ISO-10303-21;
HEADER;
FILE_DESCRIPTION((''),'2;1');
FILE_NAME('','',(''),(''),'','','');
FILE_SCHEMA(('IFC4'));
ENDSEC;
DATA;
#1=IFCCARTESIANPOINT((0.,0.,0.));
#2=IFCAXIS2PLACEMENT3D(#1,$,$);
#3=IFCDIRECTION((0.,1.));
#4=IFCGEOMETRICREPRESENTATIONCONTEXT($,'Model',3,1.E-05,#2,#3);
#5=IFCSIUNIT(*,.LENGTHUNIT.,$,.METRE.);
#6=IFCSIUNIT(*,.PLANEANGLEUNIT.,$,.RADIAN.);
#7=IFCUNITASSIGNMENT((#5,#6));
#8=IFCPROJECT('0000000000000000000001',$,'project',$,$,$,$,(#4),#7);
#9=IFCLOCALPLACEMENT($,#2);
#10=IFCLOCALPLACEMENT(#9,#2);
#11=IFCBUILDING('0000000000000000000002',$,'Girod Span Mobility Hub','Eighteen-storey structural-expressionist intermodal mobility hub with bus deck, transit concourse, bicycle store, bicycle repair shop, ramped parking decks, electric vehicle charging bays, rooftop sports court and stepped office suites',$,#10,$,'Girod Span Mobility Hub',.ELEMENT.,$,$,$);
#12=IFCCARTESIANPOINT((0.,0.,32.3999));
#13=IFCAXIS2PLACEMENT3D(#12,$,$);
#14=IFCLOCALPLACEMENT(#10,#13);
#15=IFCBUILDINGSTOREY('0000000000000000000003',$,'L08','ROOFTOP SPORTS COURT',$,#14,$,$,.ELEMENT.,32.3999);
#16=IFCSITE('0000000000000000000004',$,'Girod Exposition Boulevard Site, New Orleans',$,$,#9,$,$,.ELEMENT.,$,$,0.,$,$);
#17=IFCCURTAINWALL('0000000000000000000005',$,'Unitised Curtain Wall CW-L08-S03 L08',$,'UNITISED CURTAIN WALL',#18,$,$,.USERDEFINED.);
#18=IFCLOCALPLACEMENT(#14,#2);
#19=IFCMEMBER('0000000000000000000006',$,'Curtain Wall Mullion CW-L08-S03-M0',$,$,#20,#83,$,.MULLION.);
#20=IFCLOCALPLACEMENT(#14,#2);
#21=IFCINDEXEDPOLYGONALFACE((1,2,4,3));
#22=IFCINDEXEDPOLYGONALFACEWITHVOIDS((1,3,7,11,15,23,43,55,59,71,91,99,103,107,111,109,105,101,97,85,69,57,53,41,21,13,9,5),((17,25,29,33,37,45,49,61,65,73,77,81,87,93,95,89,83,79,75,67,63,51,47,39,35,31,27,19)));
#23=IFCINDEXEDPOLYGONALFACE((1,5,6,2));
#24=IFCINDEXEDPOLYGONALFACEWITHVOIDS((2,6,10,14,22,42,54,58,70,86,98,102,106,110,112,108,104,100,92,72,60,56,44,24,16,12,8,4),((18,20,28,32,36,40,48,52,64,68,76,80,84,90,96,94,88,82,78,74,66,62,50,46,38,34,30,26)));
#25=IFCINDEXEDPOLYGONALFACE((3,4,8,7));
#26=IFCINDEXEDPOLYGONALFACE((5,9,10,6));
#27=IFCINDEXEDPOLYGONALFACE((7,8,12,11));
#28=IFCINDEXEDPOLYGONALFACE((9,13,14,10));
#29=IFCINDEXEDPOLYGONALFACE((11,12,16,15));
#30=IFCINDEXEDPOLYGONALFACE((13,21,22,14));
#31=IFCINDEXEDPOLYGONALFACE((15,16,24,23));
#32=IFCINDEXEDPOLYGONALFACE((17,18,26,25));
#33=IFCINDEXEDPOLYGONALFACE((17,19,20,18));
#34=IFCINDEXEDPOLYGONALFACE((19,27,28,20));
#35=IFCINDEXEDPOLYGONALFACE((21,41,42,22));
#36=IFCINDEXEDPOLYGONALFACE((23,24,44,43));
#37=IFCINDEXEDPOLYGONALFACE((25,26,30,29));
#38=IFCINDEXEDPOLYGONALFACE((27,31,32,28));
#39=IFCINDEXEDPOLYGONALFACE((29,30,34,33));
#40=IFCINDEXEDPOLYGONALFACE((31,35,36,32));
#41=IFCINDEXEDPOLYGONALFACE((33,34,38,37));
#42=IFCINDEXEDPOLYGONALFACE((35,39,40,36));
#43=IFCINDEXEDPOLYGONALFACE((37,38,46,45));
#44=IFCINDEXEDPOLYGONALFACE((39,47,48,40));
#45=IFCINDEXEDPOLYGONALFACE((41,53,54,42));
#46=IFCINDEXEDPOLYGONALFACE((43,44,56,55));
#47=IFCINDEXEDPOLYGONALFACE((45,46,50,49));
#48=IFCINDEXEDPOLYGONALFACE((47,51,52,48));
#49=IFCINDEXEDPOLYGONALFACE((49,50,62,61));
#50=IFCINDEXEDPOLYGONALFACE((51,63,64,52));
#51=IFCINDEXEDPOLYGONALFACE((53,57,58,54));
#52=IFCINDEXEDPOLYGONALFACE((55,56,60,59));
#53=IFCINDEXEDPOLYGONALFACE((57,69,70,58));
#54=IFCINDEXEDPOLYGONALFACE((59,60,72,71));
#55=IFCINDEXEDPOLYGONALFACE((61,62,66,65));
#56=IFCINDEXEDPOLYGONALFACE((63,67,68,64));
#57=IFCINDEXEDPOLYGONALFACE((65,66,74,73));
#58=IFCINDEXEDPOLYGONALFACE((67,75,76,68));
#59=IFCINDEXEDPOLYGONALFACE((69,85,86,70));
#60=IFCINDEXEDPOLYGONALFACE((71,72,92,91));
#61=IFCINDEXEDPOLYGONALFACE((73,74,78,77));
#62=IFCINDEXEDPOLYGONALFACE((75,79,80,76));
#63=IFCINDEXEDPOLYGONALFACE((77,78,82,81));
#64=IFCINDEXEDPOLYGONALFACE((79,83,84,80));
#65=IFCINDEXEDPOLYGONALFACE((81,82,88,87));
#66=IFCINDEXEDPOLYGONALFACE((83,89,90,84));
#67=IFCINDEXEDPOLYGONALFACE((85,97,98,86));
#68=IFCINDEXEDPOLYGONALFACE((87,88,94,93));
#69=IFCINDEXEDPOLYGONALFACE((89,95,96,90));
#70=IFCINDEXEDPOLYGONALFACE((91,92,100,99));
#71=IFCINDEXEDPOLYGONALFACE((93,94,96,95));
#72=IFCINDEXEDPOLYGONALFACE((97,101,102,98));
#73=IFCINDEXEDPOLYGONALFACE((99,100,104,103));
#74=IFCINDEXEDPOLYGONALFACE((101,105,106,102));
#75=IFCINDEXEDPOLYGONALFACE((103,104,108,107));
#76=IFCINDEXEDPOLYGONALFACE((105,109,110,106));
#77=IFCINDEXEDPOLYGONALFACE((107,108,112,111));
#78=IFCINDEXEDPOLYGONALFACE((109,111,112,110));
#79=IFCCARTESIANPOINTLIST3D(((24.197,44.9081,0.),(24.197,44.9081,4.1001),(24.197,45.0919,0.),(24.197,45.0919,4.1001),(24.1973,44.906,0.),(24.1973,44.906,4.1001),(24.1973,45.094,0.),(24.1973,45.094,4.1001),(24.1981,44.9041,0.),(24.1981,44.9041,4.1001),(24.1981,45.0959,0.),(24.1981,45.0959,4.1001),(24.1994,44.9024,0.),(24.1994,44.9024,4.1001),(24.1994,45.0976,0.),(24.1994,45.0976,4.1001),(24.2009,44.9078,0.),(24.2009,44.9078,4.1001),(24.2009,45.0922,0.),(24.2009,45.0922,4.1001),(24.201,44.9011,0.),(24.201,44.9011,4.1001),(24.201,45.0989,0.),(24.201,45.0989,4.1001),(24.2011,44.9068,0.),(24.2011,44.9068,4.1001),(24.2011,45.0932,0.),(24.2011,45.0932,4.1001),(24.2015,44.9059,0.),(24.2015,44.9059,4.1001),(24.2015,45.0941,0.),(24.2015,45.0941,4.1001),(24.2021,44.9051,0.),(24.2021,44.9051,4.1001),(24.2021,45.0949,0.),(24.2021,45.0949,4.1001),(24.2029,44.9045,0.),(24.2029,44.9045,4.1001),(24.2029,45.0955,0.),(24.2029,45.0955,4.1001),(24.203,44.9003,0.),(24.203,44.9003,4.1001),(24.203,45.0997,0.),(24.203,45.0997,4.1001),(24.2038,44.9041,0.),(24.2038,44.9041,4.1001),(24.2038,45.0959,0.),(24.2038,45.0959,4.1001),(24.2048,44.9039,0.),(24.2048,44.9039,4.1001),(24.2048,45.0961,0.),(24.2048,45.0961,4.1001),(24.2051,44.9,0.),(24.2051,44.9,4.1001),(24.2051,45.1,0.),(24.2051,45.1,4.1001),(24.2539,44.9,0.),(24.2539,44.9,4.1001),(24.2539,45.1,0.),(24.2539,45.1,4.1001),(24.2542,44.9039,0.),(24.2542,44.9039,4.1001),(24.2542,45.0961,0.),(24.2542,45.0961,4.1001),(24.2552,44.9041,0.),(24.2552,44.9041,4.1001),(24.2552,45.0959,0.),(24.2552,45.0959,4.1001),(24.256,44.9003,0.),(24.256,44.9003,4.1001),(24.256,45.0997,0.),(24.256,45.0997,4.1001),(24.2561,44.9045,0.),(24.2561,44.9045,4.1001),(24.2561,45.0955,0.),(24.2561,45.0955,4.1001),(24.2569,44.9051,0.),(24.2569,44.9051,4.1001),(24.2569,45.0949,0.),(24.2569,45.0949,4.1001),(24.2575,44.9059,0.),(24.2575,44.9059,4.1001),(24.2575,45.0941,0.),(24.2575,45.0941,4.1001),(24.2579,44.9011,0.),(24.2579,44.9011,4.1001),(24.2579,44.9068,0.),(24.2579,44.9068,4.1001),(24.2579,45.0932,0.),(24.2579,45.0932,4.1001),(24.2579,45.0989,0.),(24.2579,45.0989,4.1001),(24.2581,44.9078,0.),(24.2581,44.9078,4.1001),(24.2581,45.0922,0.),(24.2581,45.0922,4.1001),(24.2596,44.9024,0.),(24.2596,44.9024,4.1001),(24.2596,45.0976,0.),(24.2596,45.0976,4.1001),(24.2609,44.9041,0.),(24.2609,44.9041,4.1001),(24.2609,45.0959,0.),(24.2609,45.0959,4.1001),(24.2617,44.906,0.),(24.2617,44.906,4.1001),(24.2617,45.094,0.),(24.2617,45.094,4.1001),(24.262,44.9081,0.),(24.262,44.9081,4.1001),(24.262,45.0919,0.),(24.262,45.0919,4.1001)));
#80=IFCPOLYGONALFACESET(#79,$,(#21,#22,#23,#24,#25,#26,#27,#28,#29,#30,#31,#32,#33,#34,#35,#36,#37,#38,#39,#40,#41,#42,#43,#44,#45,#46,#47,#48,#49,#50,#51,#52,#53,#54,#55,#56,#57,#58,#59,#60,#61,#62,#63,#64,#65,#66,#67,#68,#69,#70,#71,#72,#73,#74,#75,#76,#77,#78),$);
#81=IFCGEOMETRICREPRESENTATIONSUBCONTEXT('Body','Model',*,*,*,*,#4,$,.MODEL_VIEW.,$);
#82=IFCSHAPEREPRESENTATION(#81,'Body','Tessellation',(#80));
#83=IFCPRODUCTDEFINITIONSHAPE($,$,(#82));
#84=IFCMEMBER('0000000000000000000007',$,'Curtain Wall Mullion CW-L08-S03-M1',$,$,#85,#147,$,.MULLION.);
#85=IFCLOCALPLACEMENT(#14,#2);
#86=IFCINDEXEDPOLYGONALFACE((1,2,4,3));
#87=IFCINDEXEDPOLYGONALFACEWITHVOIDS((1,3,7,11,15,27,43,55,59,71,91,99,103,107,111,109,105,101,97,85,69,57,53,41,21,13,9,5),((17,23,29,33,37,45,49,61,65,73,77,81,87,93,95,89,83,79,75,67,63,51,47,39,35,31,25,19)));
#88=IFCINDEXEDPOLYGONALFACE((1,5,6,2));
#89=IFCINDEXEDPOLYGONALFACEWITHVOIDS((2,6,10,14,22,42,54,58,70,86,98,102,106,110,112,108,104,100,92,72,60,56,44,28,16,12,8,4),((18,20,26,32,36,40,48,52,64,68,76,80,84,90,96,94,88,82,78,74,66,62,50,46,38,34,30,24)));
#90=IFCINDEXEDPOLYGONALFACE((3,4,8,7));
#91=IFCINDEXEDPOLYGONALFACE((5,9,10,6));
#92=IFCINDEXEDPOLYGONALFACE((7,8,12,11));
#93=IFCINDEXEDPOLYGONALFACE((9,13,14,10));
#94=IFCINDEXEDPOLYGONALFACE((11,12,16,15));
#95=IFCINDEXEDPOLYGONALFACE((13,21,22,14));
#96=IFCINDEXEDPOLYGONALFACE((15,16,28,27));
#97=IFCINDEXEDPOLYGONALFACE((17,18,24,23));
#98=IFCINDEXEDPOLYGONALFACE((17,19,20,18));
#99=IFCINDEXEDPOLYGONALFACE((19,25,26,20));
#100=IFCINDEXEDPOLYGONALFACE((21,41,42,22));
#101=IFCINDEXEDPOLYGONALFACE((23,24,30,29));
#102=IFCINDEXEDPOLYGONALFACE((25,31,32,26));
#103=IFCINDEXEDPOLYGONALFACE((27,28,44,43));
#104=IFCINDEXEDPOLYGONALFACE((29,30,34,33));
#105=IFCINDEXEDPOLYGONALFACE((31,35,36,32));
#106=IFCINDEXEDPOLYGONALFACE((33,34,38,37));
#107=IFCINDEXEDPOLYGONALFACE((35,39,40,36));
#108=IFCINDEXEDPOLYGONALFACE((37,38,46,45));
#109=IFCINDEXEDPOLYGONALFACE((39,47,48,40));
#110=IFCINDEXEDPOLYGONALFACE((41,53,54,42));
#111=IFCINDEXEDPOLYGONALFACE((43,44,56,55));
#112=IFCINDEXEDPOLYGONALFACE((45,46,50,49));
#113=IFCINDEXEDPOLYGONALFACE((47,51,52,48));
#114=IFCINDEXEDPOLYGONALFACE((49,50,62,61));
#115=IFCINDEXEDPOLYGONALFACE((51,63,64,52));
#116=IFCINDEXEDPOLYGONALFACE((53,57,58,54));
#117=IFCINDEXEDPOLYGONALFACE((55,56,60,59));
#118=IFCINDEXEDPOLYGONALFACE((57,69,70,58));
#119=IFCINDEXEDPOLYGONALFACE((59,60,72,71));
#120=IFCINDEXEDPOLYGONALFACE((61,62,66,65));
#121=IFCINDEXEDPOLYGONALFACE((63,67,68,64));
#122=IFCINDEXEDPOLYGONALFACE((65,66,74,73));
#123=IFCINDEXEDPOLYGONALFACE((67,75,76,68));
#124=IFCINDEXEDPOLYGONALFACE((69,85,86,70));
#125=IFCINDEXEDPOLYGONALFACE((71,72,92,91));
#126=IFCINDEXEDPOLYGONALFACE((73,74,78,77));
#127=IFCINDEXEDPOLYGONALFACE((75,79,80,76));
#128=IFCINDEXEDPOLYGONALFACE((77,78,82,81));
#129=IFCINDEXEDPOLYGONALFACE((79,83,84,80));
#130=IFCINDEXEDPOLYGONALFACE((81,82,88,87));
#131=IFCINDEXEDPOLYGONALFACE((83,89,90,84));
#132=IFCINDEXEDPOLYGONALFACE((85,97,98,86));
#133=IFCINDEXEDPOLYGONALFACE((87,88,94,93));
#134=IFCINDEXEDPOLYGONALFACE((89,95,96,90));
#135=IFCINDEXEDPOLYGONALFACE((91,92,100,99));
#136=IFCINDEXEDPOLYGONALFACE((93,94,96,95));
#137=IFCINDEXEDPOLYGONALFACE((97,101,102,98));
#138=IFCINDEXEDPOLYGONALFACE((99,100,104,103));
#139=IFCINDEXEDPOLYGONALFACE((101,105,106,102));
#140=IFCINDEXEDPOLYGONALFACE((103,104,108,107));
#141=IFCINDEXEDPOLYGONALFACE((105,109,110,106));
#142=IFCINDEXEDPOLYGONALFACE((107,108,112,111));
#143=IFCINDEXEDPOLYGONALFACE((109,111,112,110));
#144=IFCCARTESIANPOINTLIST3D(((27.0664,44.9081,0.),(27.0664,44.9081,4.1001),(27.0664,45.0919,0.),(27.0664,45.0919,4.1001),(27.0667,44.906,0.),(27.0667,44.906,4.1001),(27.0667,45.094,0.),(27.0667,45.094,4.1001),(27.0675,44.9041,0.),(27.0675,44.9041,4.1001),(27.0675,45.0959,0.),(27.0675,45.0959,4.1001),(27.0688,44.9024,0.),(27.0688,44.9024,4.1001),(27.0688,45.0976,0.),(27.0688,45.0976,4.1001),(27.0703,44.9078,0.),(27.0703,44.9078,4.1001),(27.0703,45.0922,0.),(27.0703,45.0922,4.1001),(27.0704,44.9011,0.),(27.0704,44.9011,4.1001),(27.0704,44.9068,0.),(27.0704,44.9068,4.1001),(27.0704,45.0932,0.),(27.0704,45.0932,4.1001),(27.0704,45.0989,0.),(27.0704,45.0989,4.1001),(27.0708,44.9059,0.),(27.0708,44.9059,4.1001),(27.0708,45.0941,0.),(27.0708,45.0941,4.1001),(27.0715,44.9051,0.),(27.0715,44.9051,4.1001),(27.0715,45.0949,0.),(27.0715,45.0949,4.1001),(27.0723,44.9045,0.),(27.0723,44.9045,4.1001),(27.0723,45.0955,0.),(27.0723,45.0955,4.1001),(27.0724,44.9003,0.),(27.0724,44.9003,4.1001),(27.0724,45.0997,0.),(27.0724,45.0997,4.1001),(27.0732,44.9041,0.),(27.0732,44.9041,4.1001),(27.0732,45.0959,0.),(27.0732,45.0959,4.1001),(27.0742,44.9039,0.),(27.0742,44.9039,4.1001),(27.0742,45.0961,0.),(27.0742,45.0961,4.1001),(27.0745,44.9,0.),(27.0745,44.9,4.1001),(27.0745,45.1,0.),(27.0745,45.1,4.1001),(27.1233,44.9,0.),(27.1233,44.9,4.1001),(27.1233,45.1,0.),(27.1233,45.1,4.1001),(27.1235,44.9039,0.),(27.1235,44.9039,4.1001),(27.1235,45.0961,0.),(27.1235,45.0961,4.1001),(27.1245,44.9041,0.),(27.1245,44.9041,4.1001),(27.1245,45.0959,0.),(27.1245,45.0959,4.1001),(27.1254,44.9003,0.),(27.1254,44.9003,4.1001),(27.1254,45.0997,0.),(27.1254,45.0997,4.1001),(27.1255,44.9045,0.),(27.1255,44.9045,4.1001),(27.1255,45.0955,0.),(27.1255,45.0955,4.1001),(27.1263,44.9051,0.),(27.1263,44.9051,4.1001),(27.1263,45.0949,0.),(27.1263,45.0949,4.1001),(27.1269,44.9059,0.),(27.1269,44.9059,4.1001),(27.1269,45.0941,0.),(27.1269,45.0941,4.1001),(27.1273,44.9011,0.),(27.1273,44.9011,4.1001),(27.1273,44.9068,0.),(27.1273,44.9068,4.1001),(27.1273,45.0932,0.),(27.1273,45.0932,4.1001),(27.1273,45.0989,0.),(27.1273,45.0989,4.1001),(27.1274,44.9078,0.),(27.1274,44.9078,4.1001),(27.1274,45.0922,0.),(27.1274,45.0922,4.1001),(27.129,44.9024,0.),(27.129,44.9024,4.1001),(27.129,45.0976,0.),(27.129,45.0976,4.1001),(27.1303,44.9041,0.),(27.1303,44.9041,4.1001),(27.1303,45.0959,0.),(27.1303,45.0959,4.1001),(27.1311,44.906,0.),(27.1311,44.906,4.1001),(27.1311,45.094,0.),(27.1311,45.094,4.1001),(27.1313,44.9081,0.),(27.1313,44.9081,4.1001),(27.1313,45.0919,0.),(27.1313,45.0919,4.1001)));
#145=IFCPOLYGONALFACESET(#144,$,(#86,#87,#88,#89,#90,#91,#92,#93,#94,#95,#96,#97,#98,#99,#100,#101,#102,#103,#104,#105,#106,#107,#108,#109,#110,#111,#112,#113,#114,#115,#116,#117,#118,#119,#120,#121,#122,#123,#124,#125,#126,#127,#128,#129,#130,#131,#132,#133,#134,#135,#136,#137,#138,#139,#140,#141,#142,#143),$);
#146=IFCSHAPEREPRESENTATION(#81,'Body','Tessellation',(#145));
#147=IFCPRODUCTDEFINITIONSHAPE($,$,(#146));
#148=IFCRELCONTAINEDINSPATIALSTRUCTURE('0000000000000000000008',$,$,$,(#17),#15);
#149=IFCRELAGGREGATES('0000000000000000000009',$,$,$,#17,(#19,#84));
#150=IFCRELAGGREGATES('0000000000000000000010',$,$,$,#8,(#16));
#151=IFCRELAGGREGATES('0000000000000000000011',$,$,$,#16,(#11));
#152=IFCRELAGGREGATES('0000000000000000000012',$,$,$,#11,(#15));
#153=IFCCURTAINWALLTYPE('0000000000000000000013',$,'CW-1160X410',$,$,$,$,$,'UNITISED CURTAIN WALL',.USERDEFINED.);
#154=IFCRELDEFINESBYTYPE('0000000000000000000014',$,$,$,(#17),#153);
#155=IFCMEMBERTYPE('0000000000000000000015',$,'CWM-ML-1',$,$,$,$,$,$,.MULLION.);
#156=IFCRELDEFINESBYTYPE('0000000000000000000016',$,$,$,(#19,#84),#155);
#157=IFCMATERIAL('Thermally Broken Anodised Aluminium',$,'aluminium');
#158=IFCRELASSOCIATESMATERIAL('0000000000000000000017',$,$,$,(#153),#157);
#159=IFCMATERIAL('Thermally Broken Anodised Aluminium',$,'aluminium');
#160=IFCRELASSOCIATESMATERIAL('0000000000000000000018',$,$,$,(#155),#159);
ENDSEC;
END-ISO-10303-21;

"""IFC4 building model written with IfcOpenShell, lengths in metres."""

from ifc_helpers import new_model, si_unit, direction, frame, origin, origin_2d, place, context, subcontext, project, spatial, hollow_rectangle, extrude, material, material_profile, profile_set, type_object, element, aggregate, save


model = new_model("IFC4")

# Units and contexts
model_context = context("Model", 3, precision=1e-05, world=origin(), true_north=direction((0.0, 1.0)))
body_context = subcontext(model_context, "Body", "Model", "MODEL_VIEW")
ifc_project = project(units=[si_unit("LENGTHUNIT", "METRE"), si_unit("PLANEANGLEUNIT", "RADIAN")], contexts=[model_context])

# Site, building, storey
site_placement = place(None, origin())
site = spatial("IfcSite", under=ifc_project, at=site_placement, Name="Girod Exposition Boulevard Site, New Orleans", CompositionType="ELEMENT", RefElevation=0.0)
building_placement = place(site_placement, origin())
building = spatial("IfcBuilding", under=site, at=building_placement, Name="Girod Span Mobility Hub", Description="Eighteen-storey structural-expressionist intermodal mobility hub with bus deck, transit concourse, bicycle store, bicycle repair shop, ramped parking decks, electric vehicle charging bays, rooftop sports court and stepped office suites", LongName="Girod Span Mobility Hub", CompositionType="ELEMENT")
storey_placement = place(building_placement, frame((0.0, 0.0, 32.3999)))
storey = spatial("IfcBuildingStorey", under=building, at=storey_placement, Name="L08", Description="ROOFTOP SPORTS COURT", CompositionType="ELEMENT", Elevation=32.3999)

# Curtain wall, members
ifc_material_1 = material(Name="Thermally Broken Anodised Aluminium", Category="aluminium")
curtain_wall_type_1 = type_object("IfcCurtainWallType", Name="CW-1160X410", ElementType="UNITISED CURTAIN WALL", PredefinedType="USERDEFINED", material=ifc_material_1)
curtain_wall_1_placement = place(storey_placement, origin())
curtain_wall_1 = element("IfcCurtainWall", 1, at=curtain_wall_1_placement, inside=storey, type_object=curtain_wall_type_1, Name="Unitised Curtain Wall CW-L08-S03 L08", ObjectType="UNITISED CURTAIN WALL", PredefinedType="USERDEFINED")
ifc_material_2 = material(Name="Thermally Broken Anodised Aluminium", Category="aluminium")
ifc_material_profile_1 = material_profile(ifc_material_2, hollow_rectangle(XDim=0.2, YDim=0.0649, WallThickness=0.0039, InnerFilletRadius=0.0039, OuterFilletRadius=0.0081, at=origin_2d()), Name="CW-ML-65X200")
ifc_profile_set_1 = profile_set([ifc_material_profile_1], Name="Thermally Broken Anodised Aluminium")
member_type_1 = type_object("IfcMemberType", Name="CWM-ML-1", PredefinedType="MULLION", material=ifc_profile_set_1)
member_1_placement = place(storey_placement, frame((24.2295, 45.0, 0.0), z_axis=(0.0, 0.0, 1.0), x_axis=(0.0, 1.0, 0.0)))
member_1 = element("IfcMember", 2, at=member_1_placement, type_object=member_type_1, Name="Curtain Wall Mullion CW-L08-S03-M0", PredefinedType="MULLION", context=body_context, shape_type="SweptSolid", body=[
    extrude(hollow_rectangle(XDim=0.2, YDim=0.0649, WallThickness=0.0039, InnerFilletRadius=0.0039, OuterFilletRadius=0.0081, at=origin_2d()), origin(), (0.0, 0.0, 1.0), 4.1001),
])
member_2_placement = place(storey_placement, frame((27.0989, 45.0, 0.0), z_axis=(0.0, 0.0, 1.0), x_axis=(0.0, 1.0, 0.0)))
member_2 = element("IfcMember", 3, at=member_2_placement, type_object=member_type_1, Name="Curtain Wall Mullion CW-L08-S03-M1", PredefinedType="MULLION", context=body_context, shape_type="SweptSolid", body=[
    extrude(hollow_rectangle(XDim=0.2, YDim=0.0649, WallThickness=0.0039, InnerFilletRadius=0.0039, OuterFilletRadius=0.0081, at=origin_2d()), origin(), (0.0, 0.0, 1.0), 4.1001),
])

aggregate(curtain_wall_1, [member_1, member_2])

save(model, "model.ifc")
